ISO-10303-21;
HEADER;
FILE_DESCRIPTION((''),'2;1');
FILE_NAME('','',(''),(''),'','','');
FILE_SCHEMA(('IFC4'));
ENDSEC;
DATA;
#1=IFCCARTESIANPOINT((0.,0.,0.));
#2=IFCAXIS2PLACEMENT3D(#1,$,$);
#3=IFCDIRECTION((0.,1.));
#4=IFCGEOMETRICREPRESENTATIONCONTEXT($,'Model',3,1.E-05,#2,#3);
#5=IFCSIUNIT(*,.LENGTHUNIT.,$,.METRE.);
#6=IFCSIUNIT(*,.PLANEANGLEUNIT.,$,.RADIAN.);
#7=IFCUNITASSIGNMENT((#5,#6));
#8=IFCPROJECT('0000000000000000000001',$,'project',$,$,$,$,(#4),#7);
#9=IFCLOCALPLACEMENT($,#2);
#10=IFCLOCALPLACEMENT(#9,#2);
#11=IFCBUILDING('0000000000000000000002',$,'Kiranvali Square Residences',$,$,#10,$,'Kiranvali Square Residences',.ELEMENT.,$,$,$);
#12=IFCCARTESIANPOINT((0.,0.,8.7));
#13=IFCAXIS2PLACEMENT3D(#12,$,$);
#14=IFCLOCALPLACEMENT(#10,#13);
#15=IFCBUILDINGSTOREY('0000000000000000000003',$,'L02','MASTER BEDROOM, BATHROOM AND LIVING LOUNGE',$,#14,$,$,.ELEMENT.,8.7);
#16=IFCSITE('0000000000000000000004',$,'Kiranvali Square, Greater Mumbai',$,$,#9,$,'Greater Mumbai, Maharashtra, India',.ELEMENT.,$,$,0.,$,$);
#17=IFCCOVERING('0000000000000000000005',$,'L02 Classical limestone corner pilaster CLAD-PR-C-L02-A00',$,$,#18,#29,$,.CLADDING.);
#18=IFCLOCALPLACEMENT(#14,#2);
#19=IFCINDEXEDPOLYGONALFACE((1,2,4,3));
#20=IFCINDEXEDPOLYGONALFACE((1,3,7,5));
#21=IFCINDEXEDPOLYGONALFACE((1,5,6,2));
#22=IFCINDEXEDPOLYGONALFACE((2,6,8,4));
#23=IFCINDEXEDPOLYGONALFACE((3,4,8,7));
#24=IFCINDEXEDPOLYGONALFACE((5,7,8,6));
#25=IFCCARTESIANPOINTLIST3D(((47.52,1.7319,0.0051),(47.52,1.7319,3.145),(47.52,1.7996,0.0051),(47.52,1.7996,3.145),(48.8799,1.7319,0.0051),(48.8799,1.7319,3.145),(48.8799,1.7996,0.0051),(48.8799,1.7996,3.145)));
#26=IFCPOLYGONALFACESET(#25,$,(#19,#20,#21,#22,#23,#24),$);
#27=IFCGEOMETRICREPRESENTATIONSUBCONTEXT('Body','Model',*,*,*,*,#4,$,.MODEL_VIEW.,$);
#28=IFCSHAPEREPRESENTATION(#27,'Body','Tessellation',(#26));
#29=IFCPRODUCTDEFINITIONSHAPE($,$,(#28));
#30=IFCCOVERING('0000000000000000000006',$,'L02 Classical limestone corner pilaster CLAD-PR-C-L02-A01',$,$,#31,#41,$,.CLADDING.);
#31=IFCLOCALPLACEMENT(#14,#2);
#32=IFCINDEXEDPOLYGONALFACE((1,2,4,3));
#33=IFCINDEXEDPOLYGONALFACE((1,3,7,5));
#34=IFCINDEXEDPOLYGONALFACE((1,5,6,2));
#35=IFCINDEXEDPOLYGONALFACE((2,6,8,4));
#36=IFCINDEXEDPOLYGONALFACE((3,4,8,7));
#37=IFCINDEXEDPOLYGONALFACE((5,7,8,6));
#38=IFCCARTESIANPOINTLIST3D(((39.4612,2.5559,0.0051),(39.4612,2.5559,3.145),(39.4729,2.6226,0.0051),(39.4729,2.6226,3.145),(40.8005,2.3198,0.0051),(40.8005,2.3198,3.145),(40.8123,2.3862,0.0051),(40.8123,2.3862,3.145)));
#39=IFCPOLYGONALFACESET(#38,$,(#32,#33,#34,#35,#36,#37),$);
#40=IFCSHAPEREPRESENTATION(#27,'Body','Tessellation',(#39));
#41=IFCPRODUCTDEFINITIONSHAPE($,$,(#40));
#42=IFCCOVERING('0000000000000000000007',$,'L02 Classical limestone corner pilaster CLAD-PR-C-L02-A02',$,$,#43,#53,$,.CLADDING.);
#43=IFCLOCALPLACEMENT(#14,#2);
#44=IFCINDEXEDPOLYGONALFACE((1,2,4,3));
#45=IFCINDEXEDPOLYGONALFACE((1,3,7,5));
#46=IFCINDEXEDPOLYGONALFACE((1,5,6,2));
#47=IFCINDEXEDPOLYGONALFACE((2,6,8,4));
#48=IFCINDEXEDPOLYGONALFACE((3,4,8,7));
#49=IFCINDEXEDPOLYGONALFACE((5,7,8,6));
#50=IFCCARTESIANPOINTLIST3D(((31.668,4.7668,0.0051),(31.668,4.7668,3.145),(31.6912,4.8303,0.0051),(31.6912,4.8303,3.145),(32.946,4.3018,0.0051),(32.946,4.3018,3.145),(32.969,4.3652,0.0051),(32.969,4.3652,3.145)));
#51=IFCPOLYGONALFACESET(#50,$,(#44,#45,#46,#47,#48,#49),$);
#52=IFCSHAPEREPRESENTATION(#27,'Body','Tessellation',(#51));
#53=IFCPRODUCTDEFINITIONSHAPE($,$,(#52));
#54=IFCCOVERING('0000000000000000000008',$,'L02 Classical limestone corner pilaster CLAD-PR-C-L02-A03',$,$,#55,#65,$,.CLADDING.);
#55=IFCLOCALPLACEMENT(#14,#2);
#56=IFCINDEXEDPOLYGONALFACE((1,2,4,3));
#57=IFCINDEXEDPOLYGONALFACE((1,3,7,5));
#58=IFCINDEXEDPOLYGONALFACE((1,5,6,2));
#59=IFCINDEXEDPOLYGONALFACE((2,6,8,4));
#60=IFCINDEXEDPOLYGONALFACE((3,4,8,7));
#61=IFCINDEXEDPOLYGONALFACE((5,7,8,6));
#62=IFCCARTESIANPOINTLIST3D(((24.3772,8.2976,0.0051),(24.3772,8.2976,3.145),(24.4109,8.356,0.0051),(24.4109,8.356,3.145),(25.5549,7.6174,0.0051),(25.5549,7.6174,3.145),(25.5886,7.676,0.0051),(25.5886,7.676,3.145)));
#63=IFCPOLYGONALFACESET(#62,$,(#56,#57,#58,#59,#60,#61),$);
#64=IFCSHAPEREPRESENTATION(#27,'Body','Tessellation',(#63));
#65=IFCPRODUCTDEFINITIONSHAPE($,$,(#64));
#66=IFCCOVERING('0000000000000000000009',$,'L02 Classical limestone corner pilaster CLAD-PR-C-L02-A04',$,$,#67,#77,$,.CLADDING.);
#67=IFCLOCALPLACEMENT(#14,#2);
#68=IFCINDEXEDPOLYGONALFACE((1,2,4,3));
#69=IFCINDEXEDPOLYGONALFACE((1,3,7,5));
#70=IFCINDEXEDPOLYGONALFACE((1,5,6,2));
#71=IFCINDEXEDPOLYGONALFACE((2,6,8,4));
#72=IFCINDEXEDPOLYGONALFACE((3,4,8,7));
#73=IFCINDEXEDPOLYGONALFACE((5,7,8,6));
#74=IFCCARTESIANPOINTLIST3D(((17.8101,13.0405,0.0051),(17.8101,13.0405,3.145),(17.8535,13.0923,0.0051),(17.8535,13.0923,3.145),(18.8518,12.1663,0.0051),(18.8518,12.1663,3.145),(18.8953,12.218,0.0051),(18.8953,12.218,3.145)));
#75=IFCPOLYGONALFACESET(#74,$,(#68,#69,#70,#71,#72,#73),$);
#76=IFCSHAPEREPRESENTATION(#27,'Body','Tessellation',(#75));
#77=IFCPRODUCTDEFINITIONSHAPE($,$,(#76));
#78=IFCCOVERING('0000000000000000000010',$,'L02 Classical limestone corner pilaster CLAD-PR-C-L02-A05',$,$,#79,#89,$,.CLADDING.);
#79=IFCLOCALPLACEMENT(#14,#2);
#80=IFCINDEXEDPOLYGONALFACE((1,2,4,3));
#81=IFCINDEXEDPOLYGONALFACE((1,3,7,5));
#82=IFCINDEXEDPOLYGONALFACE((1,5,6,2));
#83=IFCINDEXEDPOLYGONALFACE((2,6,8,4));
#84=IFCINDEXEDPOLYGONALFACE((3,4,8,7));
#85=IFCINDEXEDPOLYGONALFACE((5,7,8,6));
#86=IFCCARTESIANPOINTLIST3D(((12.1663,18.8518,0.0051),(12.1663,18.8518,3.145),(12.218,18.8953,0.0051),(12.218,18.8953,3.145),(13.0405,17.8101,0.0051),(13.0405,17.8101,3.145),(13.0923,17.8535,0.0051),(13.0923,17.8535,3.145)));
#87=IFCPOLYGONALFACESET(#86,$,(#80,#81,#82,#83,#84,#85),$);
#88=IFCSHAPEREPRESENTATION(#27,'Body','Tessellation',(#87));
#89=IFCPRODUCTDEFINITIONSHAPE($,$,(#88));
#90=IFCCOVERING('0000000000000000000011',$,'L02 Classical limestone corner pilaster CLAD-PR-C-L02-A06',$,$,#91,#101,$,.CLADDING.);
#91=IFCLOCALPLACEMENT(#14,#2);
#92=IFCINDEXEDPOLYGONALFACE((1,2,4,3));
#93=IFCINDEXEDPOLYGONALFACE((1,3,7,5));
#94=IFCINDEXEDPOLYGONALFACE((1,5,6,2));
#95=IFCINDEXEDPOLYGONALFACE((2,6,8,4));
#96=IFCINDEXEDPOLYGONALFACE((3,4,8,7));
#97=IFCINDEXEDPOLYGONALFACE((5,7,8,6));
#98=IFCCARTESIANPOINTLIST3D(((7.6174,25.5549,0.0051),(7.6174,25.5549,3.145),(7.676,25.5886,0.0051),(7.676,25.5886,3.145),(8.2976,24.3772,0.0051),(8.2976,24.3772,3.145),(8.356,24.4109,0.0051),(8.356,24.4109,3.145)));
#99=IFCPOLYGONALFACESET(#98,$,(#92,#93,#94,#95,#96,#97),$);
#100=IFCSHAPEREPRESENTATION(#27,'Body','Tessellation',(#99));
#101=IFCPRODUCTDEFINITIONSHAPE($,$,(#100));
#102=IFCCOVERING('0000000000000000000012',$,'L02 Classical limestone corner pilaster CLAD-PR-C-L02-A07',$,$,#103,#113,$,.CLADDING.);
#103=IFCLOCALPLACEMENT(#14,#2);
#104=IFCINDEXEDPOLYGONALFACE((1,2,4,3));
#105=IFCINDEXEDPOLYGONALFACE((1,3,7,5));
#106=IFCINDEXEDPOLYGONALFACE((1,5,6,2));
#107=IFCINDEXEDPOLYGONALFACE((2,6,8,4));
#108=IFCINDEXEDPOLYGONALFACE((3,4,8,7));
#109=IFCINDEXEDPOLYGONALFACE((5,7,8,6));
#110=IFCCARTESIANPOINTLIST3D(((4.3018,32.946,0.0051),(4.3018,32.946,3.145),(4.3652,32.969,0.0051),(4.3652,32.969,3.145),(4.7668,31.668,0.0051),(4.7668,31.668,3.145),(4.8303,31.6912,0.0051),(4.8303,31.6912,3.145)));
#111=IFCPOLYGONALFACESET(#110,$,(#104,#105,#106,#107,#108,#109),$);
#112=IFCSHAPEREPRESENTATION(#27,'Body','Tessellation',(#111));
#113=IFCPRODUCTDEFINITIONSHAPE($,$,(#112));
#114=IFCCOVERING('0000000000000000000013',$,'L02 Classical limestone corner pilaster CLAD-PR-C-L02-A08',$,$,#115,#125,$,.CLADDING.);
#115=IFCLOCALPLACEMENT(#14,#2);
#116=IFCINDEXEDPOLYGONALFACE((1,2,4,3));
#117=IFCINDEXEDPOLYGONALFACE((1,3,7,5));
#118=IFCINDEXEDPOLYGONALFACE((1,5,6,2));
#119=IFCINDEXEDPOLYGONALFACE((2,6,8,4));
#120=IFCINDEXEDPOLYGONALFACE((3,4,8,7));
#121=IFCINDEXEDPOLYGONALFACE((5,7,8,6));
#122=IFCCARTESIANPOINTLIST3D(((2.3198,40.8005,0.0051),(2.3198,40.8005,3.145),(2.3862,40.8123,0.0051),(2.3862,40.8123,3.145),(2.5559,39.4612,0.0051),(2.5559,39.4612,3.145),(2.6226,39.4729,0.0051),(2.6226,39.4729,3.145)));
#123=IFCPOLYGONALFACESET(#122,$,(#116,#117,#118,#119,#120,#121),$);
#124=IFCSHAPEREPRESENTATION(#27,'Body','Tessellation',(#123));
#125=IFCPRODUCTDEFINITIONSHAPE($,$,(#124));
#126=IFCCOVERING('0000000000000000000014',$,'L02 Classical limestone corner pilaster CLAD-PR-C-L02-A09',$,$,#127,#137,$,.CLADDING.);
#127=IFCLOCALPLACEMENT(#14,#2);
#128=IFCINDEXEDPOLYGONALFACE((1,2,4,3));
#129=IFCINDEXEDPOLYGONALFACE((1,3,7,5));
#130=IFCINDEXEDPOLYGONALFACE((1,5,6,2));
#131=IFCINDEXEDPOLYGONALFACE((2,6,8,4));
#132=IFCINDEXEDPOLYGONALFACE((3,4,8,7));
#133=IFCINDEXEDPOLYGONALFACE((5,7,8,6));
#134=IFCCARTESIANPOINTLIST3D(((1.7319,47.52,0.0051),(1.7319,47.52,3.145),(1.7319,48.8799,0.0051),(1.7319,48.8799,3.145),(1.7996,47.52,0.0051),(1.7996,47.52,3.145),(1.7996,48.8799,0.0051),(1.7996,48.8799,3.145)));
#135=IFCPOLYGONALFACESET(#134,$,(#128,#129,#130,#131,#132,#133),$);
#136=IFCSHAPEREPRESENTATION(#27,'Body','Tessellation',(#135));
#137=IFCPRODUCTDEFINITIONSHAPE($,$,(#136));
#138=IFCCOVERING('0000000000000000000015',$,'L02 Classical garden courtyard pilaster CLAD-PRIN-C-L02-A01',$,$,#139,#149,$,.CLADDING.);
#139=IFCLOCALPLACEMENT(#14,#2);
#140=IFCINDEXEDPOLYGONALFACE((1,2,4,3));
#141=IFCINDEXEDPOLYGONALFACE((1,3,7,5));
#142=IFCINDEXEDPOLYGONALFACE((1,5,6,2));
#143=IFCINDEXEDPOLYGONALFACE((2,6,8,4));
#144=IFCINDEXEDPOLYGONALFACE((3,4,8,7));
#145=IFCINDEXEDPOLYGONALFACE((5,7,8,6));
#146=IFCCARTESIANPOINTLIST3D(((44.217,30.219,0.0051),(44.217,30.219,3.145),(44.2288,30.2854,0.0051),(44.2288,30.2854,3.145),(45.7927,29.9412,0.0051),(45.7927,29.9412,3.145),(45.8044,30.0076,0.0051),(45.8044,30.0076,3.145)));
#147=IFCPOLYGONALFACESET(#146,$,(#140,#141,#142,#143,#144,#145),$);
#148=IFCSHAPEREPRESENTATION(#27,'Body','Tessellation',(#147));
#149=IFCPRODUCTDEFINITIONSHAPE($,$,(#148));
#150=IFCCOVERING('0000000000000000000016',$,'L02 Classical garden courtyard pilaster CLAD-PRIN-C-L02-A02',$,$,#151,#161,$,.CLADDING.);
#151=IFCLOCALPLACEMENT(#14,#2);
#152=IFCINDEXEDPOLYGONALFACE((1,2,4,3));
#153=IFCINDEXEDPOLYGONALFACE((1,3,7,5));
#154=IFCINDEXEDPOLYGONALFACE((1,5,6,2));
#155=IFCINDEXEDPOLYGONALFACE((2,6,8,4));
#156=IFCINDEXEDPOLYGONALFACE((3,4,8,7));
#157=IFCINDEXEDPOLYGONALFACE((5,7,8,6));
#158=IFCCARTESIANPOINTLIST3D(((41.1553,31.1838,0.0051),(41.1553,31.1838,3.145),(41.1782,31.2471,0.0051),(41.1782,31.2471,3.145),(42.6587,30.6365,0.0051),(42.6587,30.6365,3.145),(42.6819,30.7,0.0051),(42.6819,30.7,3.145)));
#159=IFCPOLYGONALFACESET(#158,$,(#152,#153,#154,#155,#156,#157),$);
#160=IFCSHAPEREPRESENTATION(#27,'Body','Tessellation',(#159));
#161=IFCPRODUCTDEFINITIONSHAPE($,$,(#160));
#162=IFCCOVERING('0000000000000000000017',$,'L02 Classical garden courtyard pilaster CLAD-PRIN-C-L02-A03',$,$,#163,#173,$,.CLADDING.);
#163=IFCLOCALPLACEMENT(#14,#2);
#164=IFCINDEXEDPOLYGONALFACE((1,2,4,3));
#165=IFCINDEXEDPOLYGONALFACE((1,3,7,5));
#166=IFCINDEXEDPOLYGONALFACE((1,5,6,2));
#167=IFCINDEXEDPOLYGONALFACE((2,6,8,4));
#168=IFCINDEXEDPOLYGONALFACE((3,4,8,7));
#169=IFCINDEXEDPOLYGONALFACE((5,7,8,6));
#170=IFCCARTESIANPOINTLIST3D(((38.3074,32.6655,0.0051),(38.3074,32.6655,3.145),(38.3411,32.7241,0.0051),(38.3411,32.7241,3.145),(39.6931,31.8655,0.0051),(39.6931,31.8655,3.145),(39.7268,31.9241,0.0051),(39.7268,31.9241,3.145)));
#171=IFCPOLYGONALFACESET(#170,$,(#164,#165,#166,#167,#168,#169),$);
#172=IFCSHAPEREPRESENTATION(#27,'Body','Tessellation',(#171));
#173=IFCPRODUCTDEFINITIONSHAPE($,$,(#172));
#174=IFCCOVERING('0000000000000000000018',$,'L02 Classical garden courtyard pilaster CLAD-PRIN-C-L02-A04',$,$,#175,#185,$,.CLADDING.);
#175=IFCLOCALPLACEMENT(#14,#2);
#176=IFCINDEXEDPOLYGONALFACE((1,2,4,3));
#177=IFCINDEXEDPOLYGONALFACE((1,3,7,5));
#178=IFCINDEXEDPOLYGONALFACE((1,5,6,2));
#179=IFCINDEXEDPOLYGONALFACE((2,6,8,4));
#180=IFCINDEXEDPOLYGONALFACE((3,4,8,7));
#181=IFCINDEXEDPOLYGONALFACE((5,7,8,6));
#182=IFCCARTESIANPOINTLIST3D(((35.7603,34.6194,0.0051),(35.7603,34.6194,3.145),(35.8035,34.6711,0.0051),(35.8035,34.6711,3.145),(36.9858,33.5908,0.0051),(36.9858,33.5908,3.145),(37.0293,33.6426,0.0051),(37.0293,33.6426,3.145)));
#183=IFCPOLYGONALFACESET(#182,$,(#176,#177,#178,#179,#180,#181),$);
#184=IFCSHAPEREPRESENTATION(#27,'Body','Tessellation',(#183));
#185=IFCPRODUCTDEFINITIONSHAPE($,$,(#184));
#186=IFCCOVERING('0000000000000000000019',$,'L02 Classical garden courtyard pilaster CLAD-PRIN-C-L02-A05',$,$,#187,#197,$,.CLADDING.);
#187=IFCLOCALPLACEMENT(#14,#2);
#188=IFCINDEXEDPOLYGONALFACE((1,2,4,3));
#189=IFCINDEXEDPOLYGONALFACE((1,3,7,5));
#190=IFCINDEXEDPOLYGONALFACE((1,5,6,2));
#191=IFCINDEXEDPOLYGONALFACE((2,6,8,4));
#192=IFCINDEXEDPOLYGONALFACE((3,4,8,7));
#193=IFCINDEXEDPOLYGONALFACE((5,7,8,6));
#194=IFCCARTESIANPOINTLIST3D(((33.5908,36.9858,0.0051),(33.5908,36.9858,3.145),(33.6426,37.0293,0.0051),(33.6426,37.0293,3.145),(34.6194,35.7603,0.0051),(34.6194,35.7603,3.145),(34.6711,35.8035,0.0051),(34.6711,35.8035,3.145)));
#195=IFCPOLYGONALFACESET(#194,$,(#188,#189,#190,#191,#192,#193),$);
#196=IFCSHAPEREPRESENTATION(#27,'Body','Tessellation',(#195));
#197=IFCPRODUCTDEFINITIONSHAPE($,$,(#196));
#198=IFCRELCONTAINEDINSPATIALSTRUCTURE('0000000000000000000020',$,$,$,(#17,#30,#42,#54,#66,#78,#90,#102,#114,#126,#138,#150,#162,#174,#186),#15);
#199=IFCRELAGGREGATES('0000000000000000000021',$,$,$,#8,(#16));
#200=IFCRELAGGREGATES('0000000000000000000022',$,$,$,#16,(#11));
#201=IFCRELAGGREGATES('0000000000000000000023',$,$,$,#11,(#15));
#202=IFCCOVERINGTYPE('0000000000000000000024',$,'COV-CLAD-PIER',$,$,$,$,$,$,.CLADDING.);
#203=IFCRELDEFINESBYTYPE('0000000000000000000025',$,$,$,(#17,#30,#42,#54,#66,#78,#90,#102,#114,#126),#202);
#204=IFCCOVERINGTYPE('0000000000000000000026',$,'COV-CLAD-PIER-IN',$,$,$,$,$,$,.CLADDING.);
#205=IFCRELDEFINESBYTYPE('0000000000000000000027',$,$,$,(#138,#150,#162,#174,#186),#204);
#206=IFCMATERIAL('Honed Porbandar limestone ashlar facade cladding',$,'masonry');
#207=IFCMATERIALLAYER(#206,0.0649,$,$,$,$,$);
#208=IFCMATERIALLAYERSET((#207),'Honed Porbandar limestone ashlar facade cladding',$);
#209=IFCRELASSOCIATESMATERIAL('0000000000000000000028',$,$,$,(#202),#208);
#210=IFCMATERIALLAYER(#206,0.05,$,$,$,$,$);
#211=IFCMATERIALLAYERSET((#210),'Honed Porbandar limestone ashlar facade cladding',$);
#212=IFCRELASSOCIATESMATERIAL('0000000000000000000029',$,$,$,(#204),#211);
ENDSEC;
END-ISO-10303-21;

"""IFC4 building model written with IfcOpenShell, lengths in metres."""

from ifc_helpers import new_model, si_unit, direction, frame, origin, place, context, subcontext, project, spatial, polyline, outline, extrude, material, layer, layer_set, type_object, element, save


model = new_model("IFC4")

# Units and contexts
model_context = context("Model", 3, precision=1e-05, world=origin(), true_north=direction((0.0, 1.0)))
body_context = subcontext(model_context, "Body", "Model", "MODEL_VIEW")
ifc_project = project(units=[si_unit("LENGTHUNIT", "METRE"), si_unit("PLANEANGLEUNIT", "RADIAN")], contexts=[model_context])

# Site, building, storey
site_placement = place(None, origin())
site = spatial("IfcSite", under=ifc_project, at=site_placement, Name="Kiranvali Square, Greater Mumbai", LongName="Greater Mumbai, Maharashtra, India", CompositionType="ELEMENT", RefElevation=0.0)
building_placement = place(site_placement, origin())
building = spatial("IfcBuilding", under=site, at=building_placement, Name="Kiranvali Square Residences", LongName="Kiranvali Square Residences", CompositionType="ELEMENT")
storey_placement = place(building_placement, frame((0.0, 0.0, 8.7)))
storey = spatial("IfcBuildingStorey", under=building, at=storey_placement, Name="L02", Description="MASTER BEDROOM, BATHROOM AND LIVING LOUNGE", CompositionType="ELEMENT", Elevation=8.7)

# Coverings
ifc_material = material(Name="Honed Porbandar limestone ashlar facade cladding", Category="masonry")
ifc_layer_1 = layer(ifc_material, 0.0649)
ifc_layer_set_1 = layer_set([ifc_layer_1], Name="Honed Porbandar limestone ashlar facade cladding")
covering_type_1 = type_object("IfcCoveringType", Name="COV-CLAD-PIER", PredefinedType="CLADDING", material=ifc_layer_set_1)
covering_1_placement = place(storey_placement, frame((0.0, 0.0, 0.0051)))
element("IfcCovering", 1, at=covering_1_placement, inside=storey, type_object=covering_type_1, Name="L02 Classical limestone corner pilaster CLAD-PR-C-L02-A00", PredefinedType="CLADDING", context=body_context, shape_type="SweptSolid", body=[
    extrude(outline(polyline([(47.52, 1.7319), (48.8799, 1.7319), (48.8799, 1.7996), (47.52, 1.7996), (47.52, 1.7319)])), origin(), (0.0, 0.0, 1.0), 3.1399),
])
covering_2_placement = place(storey_placement, frame((0.0, 0.0, 0.0051)))
element("IfcCovering", 2, at=covering_2_placement, inside=storey, type_object=covering_type_1, Name="L02 Classical limestone corner pilaster CLAD-PR-C-L02-A01", PredefinedType="CLADDING", context=body_context, shape_type="SweptSolid", body=[
    extrude(outline(polyline([(39.4612, 2.5559), (40.8005, 2.3198), (40.8123, 2.3862), (39.4729, 2.6226), (39.4612, 2.5559)])), origin(), (0.0, 0.0, 1.0), 3.1399),
])
covering_3_placement = place(storey_placement, frame((0.0, 0.0, 0.0051)))
element("IfcCovering", 3, at=covering_3_placement, inside=storey, type_object=covering_type_1, Name="L02 Classical limestone corner pilaster CLAD-PR-C-L02-A02", PredefinedType="CLADDING", context=body_context, shape_type="SweptSolid", body=[
    extrude(outline(polyline([(31.668, 4.7668), (32.946, 4.3018), (32.969, 4.3652), (31.6912, 4.8303), (31.668, 4.7668)])), origin(), (0.0, 0.0, 1.0), 3.1399),
])
covering_4_placement = place(storey_placement, frame((0.0, 0.0, 0.0051)))
element("IfcCovering", 4, at=covering_4_placement, inside=storey, type_object=covering_type_1, Name="L02 Classical limestone corner pilaster CLAD-PR-C-L02-A03", PredefinedType="CLADDING", context=body_context, shape_type="SweptSolid", body=[
    extrude(outline(polyline([(24.3772, 8.2976), (25.5549, 7.6174), (25.5886, 7.676), (24.4109, 8.356), (24.3772, 8.2976)])), origin(), (0.0, 0.0, 1.0), 3.1399),
])
covering_5_placement = place(storey_placement, frame((0.0, 0.0, 0.0051)))
element("IfcCovering", 5, at=covering_5_placement, inside=storey, type_object=covering_type_1, Name="L02 Classical limestone corner pilaster CLAD-PR-C-L02-A04", PredefinedType="CLADDING", context=body_context, shape_type="SweptSolid", body=[
    extrude(outline(polyline([(17.8101, 13.0405), (18.8518, 12.1663), (18.8953, 12.218), (17.8535, 13.0923), (17.8101, 13.0405)])), origin(), (0.0, 0.0, 1.0), 3.1399),
])
covering_6_placement = place(storey_placement, frame((0.0, 0.0, 0.0051)))
element("IfcCovering", 6, at=covering_6_placement, inside=storey, type_object=covering_type_1, Name="L02 Classical limestone corner pilaster CLAD-PR-C-L02-A05", PredefinedType="CLADDING", context=body_context, shape_type="SweptSolid", body=[
    extrude(outline(polyline([(12.1663, 18.8518), (13.0405, 17.8101), (13.0923, 17.8535), (12.218, 18.8953), (12.1663, 18.8518)])), origin(), (0.0, 0.0, 1.0), 3.1399),
])
covering_7_placement = place(storey_placement, frame((0.0, 0.0, 0.0051)))
element("IfcCovering", 7, at=covering_7_placement, inside=storey, type_object=covering_type_1, Name="L02 Classical limestone corner pilaster CLAD-PR-C-L02-A06", PredefinedType="CLADDING", context=body_context, shape_type="SweptSolid", body=[
    extrude(outline(polyline([(7.6174, 25.5549), (8.2976, 24.3772), (8.356, 24.4109), (7.676, 25.5886), (7.6174, 25.5549)])), origin(), (0.0, 0.0, 1.0), 3.1399),
])
covering_8_placement = place(storey_placement, frame((0.0, 0.0, 0.0051)))
element("IfcCovering", 8, at=covering_8_placement, inside=storey, type_object=covering_type_1, Name="L02 Classical limestone corner pilaster CLAD-PR-C-L02-A07", PredefinedType="CLADDING", context=body_context, shape_type="SweptSolid", body=[
    extrude(outline(polyline([(4.3018, 32.946), (4.7668, 31.668), (4.8303, 31.6912), (4.3652, 32.969), (4.3018, 32.946)])), origin(), (0.0, 0.0, 1.0), 3.1399),
])
covering_9_placement = place(storey_placement, frame((0.0, 0.0, 0.0051)))
element("IfcCovering", 9, at=covering_9_placement, inside=storey, type_object=covering_type_1, Name="L02 Classical limestone corner pilaster CLAD-PR-C-L02-A08", PredefinedType="CLADDING", context=body_context, shape_type="SweptSolid", body=[
    extrude(outline(polyline([(2.3198, 40.8005), (2.5559, 39.4612), (2.6226, 39.4729), (2.3862, 40.8123), (2.3198, 40.8005)])), origin(), (0.0, 0.0, 1.0), 3.1399),
])
covering_10_placement = place(storey_placement, frame((0.0, 0.0, 0.0051)))
element("IfcCovering", 10, at=covering_10_placement, inside=storey, type_object=covering_type_1, Name="L02 Classical limestone corner pilaster CLAD-PR-C-L02-A09", PredefinedType="CLADDING", context=body_context, shape_type="SweptSolid", body=[
    extrude(outline(polyline([(1.7319, 48.8799), (1.7319, 47.52), (1.7996, 47.52), (1.7996, 48.8799), (1.7319, 48.8799)])), origin(), (0.0, 0.0, 1.0), 3.1399),
])
ifc_layer_2 = layer(ifc_material, 0.05)
ifc_layer_set_2 = layer_set([ifc_layer_2], Name="Honed Porbandar limestone ashlar facade cladding")
covering_type_2 = type_object("IfcCoveringType", Name="COV-CLAD-PIER-IN", PredefinedType="CLADDING", material=ifc_layer_set_2)
covering_11_placement = place(storey_placement, frame((0.0, 0.0, 0.0051)))
element("IfcCovering", 11, at=covering_11_placement, inside=storey, type_object=covering_type_2, Name="L02 Classical garden courtyard pilaster CLAD-PRIN-C-L02-A01", PredefinedType="CLADDING", context=body_context, shape_type="SweptSolid", body=[
    extrude(outline(polyline([(45.8044, 30.0076), (44.2288, 30.2854), (44.217, 30.219), (45.7927, 29.9412), (45.8044, 30.0076)])), origin(), (0.0, 0.0, 1.0), 3.1399),
])
covering_12_placement = place(storey_placement, frame((0.0, 0.0, 0.0051)))
element("IfcCovering", 12, at=covering_12_placement, inside=storey, type_object=covering_type_2, Name="L02 Classical garden courtyard pilaster CLAD-PRIN-C-L02-A02", PredefinedType="CLADDING", context=body_context, shape_type="SweptSolid", body=[
    extrude(outline(polyline([(42.6819, 30.7), (41.1782, 31.2471), (41.1553, 31.1838), (42.6587, 30.6365), (42.6819, 30.7)])), origin(), (0.0, 0.0, 1.0), 3.1399),
])
covering_13_placement = place(storey_placement, frame((0.0, 0.0, 0.0051)))
element("IfcCovering", 13, at=covering_13_placement, inside=storey, type_object=covering_type_2, Name="L02 Classical garden courtyard pilaster CLAD-PRIN-C-L02-A03", PredefinedType="CLADDING", context=body_context, shape_type="SweptSolid", body=[
    extrude(outline(polyline([(39.7268, 31.9241), (38.3411, 32.7241), (38.3074, 32.6655), (39.6931, 31.8655), (39.7268, 31.9241)])), origin(), (0.0, 0.0, 1.0), 3.1399),
])
covering_14_placement = place(storey_placement, frame((0.0, 0.0, 0.0051)))
element("IfcCovering", 14, at=covering_14_placement, inside=storey, type_object=covering_type_2, Name="L02 Classical garden courtyard pilaster CLAD-PRIN-C-L02-A04", PredefinedType="CLADDING", context=body_context, shape_type="SweptSolid", body=[
    extrude(outline(polyline([(37.0293, 33.6426), (35.8035, 34.6711), (35.7603, 34.6194), (36.9858, 33.5908), (37.0293, 33.6426)])), origin(), (0.0, 0.0, 1.0), 3.1399),
])
covering_15_placement = place(storey_placement, frame((0.0, 0.0, 0.0051)))
element("IfcCovering", 15, at=covering_15_placement, inside=storey, type_object=covering_type_2, Name="L02 Classical garden courtyard pilaster CLAD-PRIN-C-L02-A05", PredefinedType="CLADDING", context=body_context, shape_type="SweptSolid", body=[
    extrude(outline(polyline([(34.6711, 35.8035), (33.6426, 37.0293), (33.5908, 36.9858), (34.6194, 35.7603), (34.6711, 35.8035)])), origin(), (0.0, 0.0, 1.0), 3.1399),
])

save(model, "model.ifc")
